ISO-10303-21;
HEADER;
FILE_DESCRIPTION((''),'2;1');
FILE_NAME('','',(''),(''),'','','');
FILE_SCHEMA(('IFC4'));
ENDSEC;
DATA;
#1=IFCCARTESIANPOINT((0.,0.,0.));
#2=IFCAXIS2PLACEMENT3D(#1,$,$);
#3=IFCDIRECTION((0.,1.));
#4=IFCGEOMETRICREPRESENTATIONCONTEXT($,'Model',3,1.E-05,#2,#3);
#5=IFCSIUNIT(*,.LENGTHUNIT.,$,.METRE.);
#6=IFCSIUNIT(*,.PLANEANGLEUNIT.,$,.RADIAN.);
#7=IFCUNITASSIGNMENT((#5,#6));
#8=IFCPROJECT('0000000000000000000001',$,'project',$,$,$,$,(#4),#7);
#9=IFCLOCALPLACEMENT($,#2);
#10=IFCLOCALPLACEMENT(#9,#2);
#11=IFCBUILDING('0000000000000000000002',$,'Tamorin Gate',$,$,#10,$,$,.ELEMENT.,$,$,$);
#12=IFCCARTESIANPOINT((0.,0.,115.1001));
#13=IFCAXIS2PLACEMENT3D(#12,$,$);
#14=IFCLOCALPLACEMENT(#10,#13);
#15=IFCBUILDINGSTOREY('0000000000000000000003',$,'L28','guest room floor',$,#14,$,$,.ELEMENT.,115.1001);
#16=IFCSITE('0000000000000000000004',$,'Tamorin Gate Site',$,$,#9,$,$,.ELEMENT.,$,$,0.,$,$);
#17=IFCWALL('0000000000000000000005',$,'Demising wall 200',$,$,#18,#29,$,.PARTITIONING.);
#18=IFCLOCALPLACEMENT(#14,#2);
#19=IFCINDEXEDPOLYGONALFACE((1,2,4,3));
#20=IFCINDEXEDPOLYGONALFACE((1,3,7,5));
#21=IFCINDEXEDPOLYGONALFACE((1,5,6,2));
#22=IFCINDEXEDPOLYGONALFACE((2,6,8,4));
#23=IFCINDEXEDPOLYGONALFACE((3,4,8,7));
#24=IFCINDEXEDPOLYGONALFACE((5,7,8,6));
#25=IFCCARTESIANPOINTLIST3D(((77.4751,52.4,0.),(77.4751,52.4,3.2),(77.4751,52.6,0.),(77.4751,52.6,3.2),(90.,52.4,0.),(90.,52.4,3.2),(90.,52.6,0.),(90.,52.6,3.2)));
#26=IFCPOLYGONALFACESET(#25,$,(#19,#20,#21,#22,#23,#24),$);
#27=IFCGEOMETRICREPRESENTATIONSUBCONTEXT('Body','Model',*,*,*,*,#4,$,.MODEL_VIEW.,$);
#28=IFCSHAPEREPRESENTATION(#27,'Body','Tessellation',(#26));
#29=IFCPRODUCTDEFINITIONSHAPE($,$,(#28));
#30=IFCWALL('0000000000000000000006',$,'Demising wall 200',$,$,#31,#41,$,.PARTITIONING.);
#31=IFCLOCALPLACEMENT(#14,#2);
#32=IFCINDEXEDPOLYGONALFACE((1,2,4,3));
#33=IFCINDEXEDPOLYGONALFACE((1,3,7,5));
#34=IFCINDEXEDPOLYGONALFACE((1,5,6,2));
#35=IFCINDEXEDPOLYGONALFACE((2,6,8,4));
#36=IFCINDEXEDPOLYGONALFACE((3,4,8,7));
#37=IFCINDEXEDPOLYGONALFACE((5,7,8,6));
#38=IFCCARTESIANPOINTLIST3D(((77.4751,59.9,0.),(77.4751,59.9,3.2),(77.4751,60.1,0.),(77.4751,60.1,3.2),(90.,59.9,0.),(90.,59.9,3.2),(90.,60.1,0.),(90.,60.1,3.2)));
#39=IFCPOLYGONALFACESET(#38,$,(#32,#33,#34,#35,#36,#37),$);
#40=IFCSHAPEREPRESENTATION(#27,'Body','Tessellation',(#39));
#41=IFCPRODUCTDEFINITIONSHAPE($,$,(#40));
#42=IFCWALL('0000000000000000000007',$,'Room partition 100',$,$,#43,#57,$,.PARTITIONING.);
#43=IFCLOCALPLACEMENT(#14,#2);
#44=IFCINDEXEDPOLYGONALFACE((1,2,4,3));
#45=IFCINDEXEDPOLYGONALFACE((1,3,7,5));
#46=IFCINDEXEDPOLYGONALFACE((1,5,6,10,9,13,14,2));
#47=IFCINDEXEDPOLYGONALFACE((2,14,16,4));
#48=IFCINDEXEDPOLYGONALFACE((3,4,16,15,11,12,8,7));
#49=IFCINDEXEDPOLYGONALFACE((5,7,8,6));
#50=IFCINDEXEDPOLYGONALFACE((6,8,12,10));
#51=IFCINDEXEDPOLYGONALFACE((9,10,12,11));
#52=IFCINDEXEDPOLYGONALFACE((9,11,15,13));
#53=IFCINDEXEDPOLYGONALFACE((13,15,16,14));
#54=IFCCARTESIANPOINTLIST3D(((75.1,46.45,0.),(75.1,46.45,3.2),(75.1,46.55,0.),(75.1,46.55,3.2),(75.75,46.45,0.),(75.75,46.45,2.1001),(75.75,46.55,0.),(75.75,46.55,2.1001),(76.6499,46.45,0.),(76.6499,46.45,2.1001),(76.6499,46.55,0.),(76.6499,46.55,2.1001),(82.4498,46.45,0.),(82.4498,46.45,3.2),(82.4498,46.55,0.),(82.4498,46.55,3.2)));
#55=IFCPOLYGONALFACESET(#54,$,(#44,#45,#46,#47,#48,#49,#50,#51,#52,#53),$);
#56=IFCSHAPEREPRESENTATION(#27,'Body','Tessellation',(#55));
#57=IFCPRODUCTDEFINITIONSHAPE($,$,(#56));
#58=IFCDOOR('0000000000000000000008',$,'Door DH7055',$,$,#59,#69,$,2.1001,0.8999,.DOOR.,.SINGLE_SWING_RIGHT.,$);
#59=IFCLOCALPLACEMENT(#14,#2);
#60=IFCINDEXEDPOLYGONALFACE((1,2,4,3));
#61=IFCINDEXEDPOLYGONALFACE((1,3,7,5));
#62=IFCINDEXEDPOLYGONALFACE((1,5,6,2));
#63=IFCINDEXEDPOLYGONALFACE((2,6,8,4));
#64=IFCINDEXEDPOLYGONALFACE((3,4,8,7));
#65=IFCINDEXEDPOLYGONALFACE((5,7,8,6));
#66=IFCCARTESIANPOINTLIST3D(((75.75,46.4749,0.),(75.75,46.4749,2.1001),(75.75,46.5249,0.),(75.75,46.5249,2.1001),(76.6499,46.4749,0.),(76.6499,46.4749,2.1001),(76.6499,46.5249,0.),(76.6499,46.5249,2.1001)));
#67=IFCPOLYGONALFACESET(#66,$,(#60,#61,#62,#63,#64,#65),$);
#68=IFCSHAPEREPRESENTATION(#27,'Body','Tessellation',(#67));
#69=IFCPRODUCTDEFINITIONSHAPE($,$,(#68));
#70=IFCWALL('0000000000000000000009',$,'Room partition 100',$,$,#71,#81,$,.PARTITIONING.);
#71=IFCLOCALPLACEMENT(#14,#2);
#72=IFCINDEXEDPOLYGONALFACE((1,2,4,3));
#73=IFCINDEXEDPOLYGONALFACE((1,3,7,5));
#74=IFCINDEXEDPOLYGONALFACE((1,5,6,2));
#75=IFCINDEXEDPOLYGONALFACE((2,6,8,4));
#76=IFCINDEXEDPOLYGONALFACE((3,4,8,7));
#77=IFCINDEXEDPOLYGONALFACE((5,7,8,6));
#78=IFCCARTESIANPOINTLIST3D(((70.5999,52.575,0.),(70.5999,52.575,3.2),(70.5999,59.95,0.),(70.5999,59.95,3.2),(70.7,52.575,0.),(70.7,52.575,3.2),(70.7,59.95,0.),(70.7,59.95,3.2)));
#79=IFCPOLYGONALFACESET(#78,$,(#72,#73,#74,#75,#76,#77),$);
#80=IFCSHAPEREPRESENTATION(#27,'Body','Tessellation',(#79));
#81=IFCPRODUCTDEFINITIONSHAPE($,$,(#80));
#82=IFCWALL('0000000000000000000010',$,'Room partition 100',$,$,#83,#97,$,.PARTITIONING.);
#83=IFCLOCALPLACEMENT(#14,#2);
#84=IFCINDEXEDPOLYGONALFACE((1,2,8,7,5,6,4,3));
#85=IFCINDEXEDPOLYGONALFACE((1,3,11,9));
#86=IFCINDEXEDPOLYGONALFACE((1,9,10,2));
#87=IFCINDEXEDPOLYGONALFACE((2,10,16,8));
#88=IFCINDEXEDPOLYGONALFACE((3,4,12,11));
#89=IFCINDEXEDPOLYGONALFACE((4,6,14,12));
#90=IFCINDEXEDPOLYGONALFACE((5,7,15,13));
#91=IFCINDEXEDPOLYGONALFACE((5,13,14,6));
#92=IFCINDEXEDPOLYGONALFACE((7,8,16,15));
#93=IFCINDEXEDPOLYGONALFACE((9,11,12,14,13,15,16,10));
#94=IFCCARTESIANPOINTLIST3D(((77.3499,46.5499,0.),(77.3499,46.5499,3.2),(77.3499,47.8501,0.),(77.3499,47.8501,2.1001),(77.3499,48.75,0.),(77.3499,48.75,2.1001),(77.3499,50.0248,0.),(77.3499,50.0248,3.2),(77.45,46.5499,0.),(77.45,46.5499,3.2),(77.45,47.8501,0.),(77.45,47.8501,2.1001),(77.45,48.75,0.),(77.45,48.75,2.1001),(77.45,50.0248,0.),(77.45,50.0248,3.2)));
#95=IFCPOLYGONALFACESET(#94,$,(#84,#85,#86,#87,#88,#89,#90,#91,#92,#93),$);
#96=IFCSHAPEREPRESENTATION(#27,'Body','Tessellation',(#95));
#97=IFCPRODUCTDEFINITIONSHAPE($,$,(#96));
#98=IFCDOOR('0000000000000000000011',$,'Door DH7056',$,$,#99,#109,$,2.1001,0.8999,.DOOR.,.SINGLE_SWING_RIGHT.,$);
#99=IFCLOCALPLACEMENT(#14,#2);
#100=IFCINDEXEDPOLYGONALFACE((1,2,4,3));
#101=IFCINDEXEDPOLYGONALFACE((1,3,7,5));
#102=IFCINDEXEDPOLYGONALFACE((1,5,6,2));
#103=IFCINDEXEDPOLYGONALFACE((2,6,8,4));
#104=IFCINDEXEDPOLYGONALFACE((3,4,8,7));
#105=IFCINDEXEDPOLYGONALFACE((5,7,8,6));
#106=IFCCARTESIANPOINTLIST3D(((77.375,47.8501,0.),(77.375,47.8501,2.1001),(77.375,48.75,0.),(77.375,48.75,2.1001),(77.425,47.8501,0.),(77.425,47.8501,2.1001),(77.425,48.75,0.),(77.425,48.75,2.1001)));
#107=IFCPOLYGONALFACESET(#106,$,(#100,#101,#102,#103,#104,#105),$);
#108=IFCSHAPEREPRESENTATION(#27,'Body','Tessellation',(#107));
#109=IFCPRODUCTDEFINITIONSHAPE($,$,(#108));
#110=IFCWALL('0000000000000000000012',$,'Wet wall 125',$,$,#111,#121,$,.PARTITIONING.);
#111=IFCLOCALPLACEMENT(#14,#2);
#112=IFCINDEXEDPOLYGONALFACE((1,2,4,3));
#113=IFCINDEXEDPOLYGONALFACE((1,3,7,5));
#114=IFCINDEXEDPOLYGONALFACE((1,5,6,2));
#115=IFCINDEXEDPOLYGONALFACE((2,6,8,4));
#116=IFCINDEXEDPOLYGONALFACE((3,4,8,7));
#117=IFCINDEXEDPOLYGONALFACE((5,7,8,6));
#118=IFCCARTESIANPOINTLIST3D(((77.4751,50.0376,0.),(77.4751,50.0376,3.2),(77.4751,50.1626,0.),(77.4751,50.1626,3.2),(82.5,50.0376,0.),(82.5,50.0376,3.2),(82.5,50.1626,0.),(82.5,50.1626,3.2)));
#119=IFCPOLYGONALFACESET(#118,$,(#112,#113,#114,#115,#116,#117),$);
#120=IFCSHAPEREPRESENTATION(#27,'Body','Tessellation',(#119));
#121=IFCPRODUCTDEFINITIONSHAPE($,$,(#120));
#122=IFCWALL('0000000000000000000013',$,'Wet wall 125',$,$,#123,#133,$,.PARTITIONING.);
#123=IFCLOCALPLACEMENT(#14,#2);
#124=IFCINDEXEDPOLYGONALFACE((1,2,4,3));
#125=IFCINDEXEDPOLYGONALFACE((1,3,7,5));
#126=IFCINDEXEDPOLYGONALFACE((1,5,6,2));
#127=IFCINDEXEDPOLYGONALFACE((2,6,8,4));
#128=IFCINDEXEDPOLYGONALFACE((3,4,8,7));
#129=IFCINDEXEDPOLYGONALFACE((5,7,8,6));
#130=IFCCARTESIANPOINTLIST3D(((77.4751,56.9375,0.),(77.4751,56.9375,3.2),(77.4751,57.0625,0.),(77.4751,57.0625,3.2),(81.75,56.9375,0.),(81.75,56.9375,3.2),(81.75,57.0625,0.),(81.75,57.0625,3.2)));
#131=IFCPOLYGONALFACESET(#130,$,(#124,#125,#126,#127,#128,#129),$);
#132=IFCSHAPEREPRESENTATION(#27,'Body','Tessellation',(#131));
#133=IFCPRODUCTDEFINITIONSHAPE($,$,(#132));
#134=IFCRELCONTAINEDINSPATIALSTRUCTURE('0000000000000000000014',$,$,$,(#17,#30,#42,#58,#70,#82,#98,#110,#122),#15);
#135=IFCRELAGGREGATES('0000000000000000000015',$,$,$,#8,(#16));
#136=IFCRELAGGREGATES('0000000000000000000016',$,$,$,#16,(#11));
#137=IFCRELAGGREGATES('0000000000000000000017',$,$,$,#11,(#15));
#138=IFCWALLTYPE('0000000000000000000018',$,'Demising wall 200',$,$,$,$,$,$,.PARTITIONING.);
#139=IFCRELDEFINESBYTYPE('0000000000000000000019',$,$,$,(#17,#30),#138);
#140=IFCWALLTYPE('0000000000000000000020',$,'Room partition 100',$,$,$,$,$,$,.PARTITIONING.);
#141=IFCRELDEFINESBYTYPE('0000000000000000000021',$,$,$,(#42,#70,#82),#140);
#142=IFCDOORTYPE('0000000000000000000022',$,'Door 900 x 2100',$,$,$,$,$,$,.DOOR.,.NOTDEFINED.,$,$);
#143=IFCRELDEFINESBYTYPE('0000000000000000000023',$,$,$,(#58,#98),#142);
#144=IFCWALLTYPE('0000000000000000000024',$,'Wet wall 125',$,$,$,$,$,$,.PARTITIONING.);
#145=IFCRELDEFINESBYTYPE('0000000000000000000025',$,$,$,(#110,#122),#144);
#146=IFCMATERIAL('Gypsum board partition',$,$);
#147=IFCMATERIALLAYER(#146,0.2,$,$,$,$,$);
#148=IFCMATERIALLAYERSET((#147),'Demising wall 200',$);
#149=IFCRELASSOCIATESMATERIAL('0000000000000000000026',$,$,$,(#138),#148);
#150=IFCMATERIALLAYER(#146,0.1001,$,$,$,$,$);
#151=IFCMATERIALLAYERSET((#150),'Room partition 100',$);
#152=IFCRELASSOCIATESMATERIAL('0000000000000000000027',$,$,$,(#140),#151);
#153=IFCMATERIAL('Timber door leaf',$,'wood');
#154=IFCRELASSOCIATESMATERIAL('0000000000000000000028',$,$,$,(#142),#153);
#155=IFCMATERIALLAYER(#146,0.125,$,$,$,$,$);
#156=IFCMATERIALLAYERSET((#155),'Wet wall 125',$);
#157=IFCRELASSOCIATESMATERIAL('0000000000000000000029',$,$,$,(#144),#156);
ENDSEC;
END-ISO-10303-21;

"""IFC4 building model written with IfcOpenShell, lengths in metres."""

from ifc_helpers import new_model, si_unit, direction, frame, frame_2d, origin, place, context, subcontext, project, spatial, rectangle, extrude, material, layer, layer_set, type_object, element, fill, save


model = new_model("IFC4")

# Units and contexts
model_context = context("Model", 3, precision=1e-05, world=origin(), true_north=direction((0.0, 1.0)))
body_context = subcontext(model_context, "Body", "Model", "MODEL_VIEW")
ifc_project = project(units=[si_unit("LENGTHUNIT", "METRE"), si_unit("PLANEANGLEUNIT", "RADIAN")], contexts=[model_context])

# Site, building, storey
site_placement = place(None, origin())
site = spatial("IfcSite", under=ifc_project, at=site_placement, Name="Tamorin Gate Site", CompositionType="ELEMENT", RefElevation=0.0)
building_placement = place(site_placement, origin())
building = spatial("IfcBuilding", under=site, at=building_placement, Name="Tamorin Gate", CompositionType="ELEMENT")
storey_placement = place(building_placement, frame((0.0, 0.0, 115.1001)))
storey = spatial("IfcBuildingStorey", under=building, at=storey_placement, Name="L28", Description="guest room floor", CompositionType="ELEMENT", Elevation=115.1001)

# Shared definitions
ifc_material_1 = material(Name="Gypsum board partition")
ifc_material_2 = material(Name="Timber door leaf", Category="wood")

# Walls
ifc_layer_1 = layer(ifc_material_1, 0.2)
ifc_layer_set_1 = layer_set([ifc_layer_1], Name="Demising wall 200")
wall_type_1 = type_object("IfcWallType", Name="Demising wall 200", PredefinedType="PARTITIONING", material=ifc_layer_set_1)
for number, where, z_axis, x_axis, name in (
    (1, (77.4751, 52.5, 0.0), (0.0, 0.0, 1.0), (1.0, 0.0, 0.0), "Demising wall 200"),
    (2, (77.4751, 60.0, 0.0), (0.0, 0.0, 1.0), (1.0, 0.0, 0.0), "Demising wall 200"),
):
    element("IfcWall", number, at=place(storey_placement, frame(where, z_axis=z_axis, x_axis=x_axis)), inside=storey, type_object=wall_type_1, Name=name, PredefinedType="PARTITIONING", context=body_context, shape_type="SweptSolid", body=[
        extrude(rectangle(XDim=12.5249, YDim=0.2, at=frame_2d((6.2625, 0.0))), origin(), (0.0, 0.0, 1.0), 3.2),
    ])

# Wall, opening, door
ifc_layer_2 = layer(ifc_material_1, 0.1001)
ifc_layer_set_2 = layer_set([ifc_layer_2], Name="Room partition 100")
wall_type_2 = type_object("IfcWallType", Name="Room partition 100", PredefinedType="PARTITIONING", material=ifc_layer_set_2)
wall_1_placement = place(storey_placement, frame((75.1001, 46.5, 0.0), z_axis=(0.0, 0.0, 1.0), x_axis=(1.0, 0.0, 0.0)))
wall_1 = element("IfcWall", 3, at=wall_1_placement, inside=storey, type_object=wall_type_2, Name="Room partition 100", PredefinedType="PARTITIONING", context=body_context, shape_type="SweptSolid", body=[
    extrude(rectangle(XDim=7.3499, YDim=0.1001, at=frame_2d((3.6748, 0.0))), origin(), (0.0, 0.0, 1.0), 3.2),
])
opening_1_placement = place(wall_1_placement, frame((0.6499, 0.0, 0.0)))
opening_1 = element("IfcOpeningElement", 4, at=opening_1_placement, cuts=wall_1, PredefinedType="OPENING", context=body_context, shape_type="SweptSolid", body=[
    extrude(rectangle(XDim=0.8999, YDim=2.1001, at=frame_2d((0.45, 1.05))), frame((0.0, 0.0601, 0.0), z_axis=(0.0, -1.0, 0.0), x_axis=(1.0, 0.0, 0.0)), (0.0, 0.0, 1.0), 0.1201),
])
door_type_1 = type_object("IfcDoorType", Name="Door 900 x 2100", OperationType="NOTDEFINED", PredefinedType="DOOR", material=ifc_material_2)
door_1_placement = place(opening_1_placement, origin())
door_1 = element("IfcDoor", 5, at=door_1_placement, inside=storey, type_object=door_type_1, Name="Door DH7055", OperationType="SINGLE_SWING_RIGHT", OverallHeight=2.1001, OverallWidth=0.8999, PredefinedType="DOOR", context=body_context, shape_type="SweptSolid", body=[
    extrude(rectangle(XDim=0.8999, YDim=2.1001, at=frame_2d((0.45, 1.05))), frame((0.0, 0.0249, 0.0), z_axis=(0.0, -1.0, 0.0), x_axis=(1.0, 0.0, 0.0)), (0.0, 0.0, 1.0), 0.05),
])
fill(opening_1, door_1)

# Wall
wall_2_placement = place(storey_placement, frame((70.6499, 52.575, 0.0), z_axis=(0.0, 0.0, 1.0), x_axis=(0.0, 1.0, 0.0)))
element("IfcWall", 6, at=wall_2_placement, inside=storey, type_object=wall_type_2, Name="Room partition 100", PredefinedType="PARTITIONING", context=body_context, shape_type="SweptSolid", body=[
    extrude(rectangle(XDim=7.375, YDim=0.1001, at=frame_2d((3.6875, 0.0))), origin(), (0.0, 0.0, 1.0), 3.2),
])

# Wall, opening, door
wall_3_placement = place(storey_placement, frame((77.3999, 46.55, 0.0), z_axis=(0.0, 0.0, 1.0), x_axis=(0.0, 1.0, 0.0)))
wall_3 = element("IfcWall", 7, at=wall_3_placement, inside=storey, type_object=wall_type_2, Name="Room partition 100", PredefinedType="PARTITIONING", context=body_context, shape_type="SweptSolid", body=[
    extrude(rectangle(XDim=3.4749, YDim=0.1001, at=frame_2d((1.7373, 0.0))), origin(), (0.0, 0.0, 1.0), 3.2),
])
opening_2_placement = place(wall_3_placement, frame((1.3, 0.0, 0.0)))
opening_2 = element("IfcOpeningElement", 8, at=opening_2_placement, cuts=wall_3, PredefinedType="OPENING", context=body_context, shape_type="SweptSolid", body=[
    extrude(rectangle(XDim=0.8999, YDim=2.1001, at=frame_2d((0.45, 1.05))), frame((0.0, 0.0601, 0.0), z_axis=(0.0, -1.0, 0.0), x_axis=(1.0, 0.0, 0.0)), (0.0, 0.0, 1.0), 0.1201),
])
door_2_placement = place(opening_2_placement, origin())
door_2 = element("IfcDoor", 9, at=door_2_placement, inside=storey, type_object=door_type_1, Name="Door DH7056", OperationType="SINGLE_SWING_RIGHT", OverallHeight=2.1001, OverallWidth=0.8999, PredefinedType="DOOR", context=body_context, shape_type="SweptSolid", body=[
    extrude(rectangle(XDim=0.8999, YDim=2.1001, at=frame_2d((0.45, 1.05))), frame((0.0, 0.0249, 0.0), z_axis=(0.0, -1.0, 0.0), x_axis=(1.0, 0.0, 0.0)), (0.0, 0.0, 1.0), 0.05),
])
fill(opening_2, door_2)

# Walls
ifc_layer_3 = layer(ifc_material_1, 0.125)
ifc_layer_set_3 = layer_set([ifc_layer_3], Name="Wet wall 125")
wall_type_3 = type_object("IfcWallType", Name="Wet wall 125", PredefinedType="PARTITIONING", material=ifc_layer_set_3)
wall_4_placement = place(storey_placement, frame((77.4751, 50.1001, 0.0), z_axis=(0.0, 0.0, 1.0), x_axis=(1.0, 0.0, 0.0)))
element("IfcWall", 10, at=wall_4_placement, inside=storey, type_object=wall_type_3, Name="Wet wall 125", PredefinedType="PARTITIONING", context=body_context, shape_type="SweptSolid", body=[
    extrude(rectangle(XDim=5.0249, YDim=0.125, at=frame_2d((2.5125, 0.0))), origin(), (0.0, 0.0, 1.0), 3.2),
])
wall_5_placement = place(storey_placement, frame((77.4751, 57.0, 0.0), z_axis=(0.0, 0.0, 1.0), x_axis=(1.0, 0.0, 0.0)))
element("IfcWall", 11, at=wall_5_placement, inside=storey, type_object=wall_type_3, Name="Wet wall 125", PredefinedType="PARTITIONING", context=body_context, shape_type="SweptSolid", body=[
    extrude(rectangle(XDim=4.2749, YDim=0.125, at=frame_2d((2.1375, 0.0))), origin(), (0.0, 0.0, 1.0), 3.2),
])

save(model, "model.ifc")
